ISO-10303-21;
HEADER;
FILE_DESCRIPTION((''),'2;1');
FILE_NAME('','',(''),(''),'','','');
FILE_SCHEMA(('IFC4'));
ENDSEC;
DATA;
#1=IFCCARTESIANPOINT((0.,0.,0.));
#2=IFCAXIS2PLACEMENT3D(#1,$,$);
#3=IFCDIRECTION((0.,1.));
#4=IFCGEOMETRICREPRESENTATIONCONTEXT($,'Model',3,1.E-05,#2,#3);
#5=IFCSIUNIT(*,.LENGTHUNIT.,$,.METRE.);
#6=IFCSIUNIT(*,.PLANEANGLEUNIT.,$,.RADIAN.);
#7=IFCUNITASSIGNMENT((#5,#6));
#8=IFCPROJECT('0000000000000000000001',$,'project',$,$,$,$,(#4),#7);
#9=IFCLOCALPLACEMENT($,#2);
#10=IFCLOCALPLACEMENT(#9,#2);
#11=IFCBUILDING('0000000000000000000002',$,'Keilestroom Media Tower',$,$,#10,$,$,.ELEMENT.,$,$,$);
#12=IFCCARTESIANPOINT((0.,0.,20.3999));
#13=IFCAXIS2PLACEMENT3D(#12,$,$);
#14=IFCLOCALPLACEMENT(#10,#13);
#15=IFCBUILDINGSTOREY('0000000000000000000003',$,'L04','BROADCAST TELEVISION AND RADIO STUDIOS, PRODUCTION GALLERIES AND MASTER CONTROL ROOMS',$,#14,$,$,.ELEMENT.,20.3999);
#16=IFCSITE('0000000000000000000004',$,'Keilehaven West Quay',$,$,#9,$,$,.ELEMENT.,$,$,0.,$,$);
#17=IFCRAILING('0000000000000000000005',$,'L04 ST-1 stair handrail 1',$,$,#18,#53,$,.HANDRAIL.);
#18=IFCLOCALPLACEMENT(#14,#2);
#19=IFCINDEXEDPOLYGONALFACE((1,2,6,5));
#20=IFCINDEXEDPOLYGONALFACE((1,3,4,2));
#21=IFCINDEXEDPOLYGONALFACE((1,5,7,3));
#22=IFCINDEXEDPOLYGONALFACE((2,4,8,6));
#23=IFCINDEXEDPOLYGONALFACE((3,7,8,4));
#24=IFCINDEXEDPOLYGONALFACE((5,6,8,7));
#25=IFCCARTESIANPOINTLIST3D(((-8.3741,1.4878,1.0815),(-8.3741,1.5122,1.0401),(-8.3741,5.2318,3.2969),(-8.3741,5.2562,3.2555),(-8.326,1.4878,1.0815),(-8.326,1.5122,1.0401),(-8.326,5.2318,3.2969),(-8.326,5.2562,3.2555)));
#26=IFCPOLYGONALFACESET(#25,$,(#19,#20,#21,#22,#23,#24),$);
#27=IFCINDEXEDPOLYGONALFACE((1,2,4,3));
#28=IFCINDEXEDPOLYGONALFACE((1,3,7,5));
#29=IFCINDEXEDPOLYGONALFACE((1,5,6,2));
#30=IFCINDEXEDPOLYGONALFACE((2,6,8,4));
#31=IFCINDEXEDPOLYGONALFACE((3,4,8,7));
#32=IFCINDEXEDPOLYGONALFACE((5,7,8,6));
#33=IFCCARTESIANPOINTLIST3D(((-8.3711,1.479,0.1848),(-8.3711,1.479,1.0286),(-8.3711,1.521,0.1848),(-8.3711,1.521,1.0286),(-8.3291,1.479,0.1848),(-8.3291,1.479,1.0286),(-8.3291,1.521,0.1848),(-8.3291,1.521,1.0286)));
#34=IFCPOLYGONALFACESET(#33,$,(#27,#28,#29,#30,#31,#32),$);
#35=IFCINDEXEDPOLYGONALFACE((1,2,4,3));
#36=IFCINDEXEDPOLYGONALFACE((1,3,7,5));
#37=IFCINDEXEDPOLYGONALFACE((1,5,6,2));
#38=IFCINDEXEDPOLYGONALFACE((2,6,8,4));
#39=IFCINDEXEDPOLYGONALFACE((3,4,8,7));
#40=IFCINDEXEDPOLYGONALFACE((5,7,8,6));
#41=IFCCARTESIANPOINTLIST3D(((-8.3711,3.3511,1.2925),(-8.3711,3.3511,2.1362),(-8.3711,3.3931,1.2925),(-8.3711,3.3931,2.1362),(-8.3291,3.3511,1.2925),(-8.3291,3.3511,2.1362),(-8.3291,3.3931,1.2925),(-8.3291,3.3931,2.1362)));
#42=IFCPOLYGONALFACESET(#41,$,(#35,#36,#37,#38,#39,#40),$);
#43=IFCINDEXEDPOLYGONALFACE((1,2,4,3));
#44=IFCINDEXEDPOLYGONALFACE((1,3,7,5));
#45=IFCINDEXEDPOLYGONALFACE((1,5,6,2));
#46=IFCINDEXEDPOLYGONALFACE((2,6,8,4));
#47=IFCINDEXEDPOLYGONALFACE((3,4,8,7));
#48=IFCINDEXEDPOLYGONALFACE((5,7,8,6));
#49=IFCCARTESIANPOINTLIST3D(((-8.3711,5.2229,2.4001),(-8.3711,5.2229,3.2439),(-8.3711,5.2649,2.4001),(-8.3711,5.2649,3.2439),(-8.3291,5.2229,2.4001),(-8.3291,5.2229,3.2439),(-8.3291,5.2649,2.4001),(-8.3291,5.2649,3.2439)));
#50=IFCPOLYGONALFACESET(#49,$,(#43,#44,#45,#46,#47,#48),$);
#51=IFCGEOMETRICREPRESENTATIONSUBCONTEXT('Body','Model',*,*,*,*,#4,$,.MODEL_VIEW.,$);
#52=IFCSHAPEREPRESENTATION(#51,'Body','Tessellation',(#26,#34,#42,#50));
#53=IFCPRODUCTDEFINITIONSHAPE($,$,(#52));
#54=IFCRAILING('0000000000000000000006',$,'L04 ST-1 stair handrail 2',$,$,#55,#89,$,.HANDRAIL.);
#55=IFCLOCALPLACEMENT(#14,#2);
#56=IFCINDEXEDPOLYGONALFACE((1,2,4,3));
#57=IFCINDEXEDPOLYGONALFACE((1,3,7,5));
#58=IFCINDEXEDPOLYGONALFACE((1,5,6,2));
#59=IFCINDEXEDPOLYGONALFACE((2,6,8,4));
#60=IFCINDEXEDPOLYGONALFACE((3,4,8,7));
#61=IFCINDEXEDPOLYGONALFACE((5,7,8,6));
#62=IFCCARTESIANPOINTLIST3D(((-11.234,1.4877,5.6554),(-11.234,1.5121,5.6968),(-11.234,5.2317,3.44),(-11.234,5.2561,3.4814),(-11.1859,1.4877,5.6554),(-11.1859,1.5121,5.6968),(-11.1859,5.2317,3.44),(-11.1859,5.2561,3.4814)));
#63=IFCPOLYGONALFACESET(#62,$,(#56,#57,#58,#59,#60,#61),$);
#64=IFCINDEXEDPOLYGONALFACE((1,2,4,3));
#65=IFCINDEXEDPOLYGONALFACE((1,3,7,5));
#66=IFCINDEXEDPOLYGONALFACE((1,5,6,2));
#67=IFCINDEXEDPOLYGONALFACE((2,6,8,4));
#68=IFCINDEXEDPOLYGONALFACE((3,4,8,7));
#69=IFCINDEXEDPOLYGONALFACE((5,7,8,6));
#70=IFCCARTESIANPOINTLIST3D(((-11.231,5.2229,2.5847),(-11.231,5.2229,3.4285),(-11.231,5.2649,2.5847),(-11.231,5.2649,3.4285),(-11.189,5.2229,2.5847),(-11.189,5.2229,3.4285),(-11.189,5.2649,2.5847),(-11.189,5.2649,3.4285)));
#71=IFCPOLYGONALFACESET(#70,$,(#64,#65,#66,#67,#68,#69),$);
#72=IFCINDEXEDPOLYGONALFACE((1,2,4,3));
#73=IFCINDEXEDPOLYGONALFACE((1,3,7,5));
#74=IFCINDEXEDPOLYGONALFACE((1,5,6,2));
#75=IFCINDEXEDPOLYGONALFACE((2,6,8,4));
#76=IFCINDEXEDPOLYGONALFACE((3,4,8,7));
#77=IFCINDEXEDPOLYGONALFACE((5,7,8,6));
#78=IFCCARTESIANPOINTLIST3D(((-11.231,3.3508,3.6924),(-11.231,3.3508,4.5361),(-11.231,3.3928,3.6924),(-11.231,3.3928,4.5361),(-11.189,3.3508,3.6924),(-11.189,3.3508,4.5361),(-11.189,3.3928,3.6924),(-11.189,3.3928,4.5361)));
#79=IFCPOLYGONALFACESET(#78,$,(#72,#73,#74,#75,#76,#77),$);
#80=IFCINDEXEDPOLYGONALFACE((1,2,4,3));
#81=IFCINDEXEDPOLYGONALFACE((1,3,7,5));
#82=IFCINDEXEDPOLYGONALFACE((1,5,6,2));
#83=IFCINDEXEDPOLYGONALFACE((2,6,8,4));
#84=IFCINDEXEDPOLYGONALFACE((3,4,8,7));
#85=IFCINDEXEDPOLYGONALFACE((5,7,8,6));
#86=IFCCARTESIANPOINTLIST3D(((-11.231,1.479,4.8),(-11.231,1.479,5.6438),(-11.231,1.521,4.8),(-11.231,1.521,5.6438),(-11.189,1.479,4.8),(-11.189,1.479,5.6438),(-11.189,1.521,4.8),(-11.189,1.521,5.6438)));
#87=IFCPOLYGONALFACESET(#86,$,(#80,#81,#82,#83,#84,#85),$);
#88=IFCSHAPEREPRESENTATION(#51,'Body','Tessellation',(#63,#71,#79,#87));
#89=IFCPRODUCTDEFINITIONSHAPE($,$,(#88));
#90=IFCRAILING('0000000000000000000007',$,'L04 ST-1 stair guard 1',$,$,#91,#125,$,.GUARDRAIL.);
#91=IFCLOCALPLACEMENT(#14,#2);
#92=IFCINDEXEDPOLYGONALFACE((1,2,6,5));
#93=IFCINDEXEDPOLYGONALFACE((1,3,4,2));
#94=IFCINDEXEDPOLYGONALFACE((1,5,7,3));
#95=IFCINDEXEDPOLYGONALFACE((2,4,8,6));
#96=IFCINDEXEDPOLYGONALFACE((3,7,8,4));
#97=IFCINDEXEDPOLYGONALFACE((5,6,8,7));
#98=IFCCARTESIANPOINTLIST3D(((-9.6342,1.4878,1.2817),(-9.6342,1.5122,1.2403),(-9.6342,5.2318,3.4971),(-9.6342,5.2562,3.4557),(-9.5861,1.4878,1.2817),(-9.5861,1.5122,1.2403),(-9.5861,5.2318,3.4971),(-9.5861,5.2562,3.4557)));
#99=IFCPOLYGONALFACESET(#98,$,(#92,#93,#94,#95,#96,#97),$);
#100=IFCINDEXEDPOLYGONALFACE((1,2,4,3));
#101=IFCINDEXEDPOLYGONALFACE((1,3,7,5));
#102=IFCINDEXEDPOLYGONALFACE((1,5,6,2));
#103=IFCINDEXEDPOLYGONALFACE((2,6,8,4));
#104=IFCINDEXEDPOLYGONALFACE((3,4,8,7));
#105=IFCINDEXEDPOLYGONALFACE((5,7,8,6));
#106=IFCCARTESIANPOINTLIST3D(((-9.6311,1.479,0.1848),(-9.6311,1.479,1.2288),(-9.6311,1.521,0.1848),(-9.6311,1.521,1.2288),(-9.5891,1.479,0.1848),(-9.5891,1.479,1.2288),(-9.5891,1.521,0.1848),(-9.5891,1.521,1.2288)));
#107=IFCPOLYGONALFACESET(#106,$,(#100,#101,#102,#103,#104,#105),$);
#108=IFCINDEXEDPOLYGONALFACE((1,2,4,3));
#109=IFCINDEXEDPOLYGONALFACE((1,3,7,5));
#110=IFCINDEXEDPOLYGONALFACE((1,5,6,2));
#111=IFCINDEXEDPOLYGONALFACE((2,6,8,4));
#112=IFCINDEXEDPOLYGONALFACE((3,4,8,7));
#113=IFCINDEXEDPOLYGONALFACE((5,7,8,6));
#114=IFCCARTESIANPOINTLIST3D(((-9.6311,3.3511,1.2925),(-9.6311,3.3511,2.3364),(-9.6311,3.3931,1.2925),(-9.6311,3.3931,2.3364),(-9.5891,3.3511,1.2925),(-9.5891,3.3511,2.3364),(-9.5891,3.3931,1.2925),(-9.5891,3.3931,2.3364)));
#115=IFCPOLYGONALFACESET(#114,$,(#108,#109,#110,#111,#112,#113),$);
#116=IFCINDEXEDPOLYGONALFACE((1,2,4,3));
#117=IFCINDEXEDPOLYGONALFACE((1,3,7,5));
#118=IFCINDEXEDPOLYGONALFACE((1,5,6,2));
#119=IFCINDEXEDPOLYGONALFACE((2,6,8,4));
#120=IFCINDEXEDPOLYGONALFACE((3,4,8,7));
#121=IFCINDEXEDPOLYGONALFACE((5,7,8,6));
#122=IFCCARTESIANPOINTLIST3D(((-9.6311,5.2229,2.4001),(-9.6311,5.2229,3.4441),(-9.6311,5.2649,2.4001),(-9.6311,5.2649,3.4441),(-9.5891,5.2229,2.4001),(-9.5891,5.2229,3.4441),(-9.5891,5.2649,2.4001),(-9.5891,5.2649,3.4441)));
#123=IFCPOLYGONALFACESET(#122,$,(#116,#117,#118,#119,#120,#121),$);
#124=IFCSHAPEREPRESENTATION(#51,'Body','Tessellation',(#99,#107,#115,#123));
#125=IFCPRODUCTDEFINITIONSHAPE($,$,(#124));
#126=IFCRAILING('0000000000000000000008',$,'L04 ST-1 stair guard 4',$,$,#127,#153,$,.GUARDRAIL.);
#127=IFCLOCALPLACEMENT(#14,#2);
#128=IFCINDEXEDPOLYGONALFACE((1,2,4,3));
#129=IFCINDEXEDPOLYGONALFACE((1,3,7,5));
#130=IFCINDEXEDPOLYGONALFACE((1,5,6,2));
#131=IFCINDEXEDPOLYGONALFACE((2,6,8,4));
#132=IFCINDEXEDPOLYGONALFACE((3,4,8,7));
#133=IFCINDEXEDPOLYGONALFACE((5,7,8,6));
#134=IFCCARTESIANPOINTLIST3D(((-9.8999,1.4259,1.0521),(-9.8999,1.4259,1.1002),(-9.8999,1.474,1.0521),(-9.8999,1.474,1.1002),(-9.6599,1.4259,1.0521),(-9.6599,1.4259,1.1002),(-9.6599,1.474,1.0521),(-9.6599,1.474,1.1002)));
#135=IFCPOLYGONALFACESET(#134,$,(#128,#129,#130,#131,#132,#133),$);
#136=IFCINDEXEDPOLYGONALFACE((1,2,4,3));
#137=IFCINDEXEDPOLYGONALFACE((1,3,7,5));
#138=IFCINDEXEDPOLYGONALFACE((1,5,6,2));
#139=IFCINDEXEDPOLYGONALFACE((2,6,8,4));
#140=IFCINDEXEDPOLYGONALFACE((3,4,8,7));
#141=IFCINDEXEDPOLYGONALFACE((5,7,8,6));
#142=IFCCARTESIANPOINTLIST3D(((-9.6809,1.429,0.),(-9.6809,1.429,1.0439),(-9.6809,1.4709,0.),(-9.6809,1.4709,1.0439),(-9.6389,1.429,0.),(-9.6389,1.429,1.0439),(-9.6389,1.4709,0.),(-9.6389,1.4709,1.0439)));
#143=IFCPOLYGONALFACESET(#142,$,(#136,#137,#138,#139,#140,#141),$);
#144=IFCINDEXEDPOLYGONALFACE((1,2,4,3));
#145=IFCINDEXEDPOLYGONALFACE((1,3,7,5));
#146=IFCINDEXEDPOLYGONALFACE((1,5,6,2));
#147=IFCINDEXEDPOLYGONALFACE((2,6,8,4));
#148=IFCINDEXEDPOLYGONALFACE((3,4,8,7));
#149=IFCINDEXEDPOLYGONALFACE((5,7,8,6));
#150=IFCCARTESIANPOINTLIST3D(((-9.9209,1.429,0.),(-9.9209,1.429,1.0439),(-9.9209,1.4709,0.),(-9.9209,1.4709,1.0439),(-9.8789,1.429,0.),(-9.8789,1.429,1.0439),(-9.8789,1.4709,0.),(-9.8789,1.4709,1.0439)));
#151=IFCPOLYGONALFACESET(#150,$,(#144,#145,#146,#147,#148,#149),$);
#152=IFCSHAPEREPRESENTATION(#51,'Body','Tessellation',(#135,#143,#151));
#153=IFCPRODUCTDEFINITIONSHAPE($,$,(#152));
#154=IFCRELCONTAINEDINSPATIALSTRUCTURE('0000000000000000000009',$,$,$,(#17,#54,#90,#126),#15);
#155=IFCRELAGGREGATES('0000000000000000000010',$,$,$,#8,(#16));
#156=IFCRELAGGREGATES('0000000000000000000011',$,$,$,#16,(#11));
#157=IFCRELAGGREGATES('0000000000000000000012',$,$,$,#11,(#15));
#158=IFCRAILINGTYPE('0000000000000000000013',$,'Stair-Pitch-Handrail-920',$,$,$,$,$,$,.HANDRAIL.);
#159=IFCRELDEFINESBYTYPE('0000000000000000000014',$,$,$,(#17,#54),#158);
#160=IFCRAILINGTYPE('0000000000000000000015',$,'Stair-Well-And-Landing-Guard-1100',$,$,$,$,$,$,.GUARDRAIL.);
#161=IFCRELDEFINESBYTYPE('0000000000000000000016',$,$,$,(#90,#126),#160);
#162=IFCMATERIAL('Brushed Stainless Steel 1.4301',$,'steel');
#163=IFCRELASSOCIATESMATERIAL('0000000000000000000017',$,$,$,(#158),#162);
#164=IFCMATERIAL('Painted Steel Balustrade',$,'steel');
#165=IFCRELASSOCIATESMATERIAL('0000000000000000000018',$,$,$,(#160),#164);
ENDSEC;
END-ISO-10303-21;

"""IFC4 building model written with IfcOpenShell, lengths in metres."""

from ifc_helpers import new_model, si_unit, direction, frame, origin, origin_2d, place, context, subcontext, project, spatial, rectangle, extrude, material, type_object, element, save


model = new_model("IFC4")

# Units and contexts
model_context = context("Model", 3, precision=1e-05, world=origin(), true_north=direction((0.0, 1.0)))
body_context = subcontext(model_context, "Body", "Model", "MODEL_VIEW")
ifc_project = project(units=[si_unit("LENGTHUNIT", "METRE"), si_unit("PLANEANGLEUNIT", "RADIAN")], contexts=[model_context])

# Site, building, storey
site_placement = place(None, origin())
site = spatial("IfcSite", under=ifc_project, at=site_placement, Name="Keilehaven West Quay", CompositionType="ELEMENT", RefElevation=0.0)
building_placement = place(site_placement, origin())
building = spatial("IfcBuilding", under=site, at=building_placement, Name="Keilestroom Media Tower", CompositionType="ELEMENT")
storey_placement = place(building_placement, frame((0.0, 0.0, 20.3999)))
storey = spatial("IfcBuildingStorey", under=building, at=storey_placement, Name="L04", Description="BROADCAST TELEVISION AND RADIO STUDIOS, PRODUCTION GALLERIES AND MASTER CONTROL ROOMS", CompositionType="ELEMENT", Elevation=20.3999)

# Railings
ifc_material_1 = material(Name="Brushed Stainless Steel 1.4301", Category="steel")
railing_type_1 = type_object("IfcRailingType", Name="Stair-Pitch-Handrail-920", PredefinedType="HANDRAIL", material=ifc_material_1)
railing_1_placement = place(storey_placement, frame((-8.3501, 1.5, 0.1848)))
element("IfcRailing", 1, at=railing_1_placement, inside=storey, type_object=railing_type_1, Name="L04 ST-1 stair handrail 1", PredefinedType="HANDRAIL", context=body_context, shape_type="SweptSolid", body=[
    extrude(rectangle(XDim=0.0481, YDim=0.0481, at=origin_2d()), frame((0.0, 0.0, 0.876), z_axis=(0.0, 0.860621, 0.509245), x_axis=(-1.0, 0.0, 0.0)), (0.0, 0.0, 1.0), 4.3503),
    extrude(rectangle(XDim=0.042, YDim=0.042, at=origin_2d()), origin(), (0.0, 0.0, 1.0), 0.8438),
    extrude(rectangle(XDim=0.042, YDim=0.042, at=origin_2d()), frame((0.0, 1.8721, 1.1077)), (0.0, 0.0, 1.0), 0.8438),
    extrude(rectangle(XDim=0.042, YDim=0.042, at=origin_2d()), frame((0.0, 3.7439, 2.2153)), (0.0, 0.0, 1.0), 0.8438),
])
railing_2_placement = place(storey_placement, frame((-11.21, 5.2439, 2.5847)))
element("IfcRailing", 2, at=railing_2_placement, inside=storey, type_object=railing_type_1, Name="L04 ST-1 stair handrail 2", PredefinedType="HANDRAIL", context=body_context, shape_type="SweptSolid", body=[
    extrude(rectangle(XDim=0.0481, YDim=0.0481, at=origin_2d()), frame((0.0, 0.0, 0.876), z_axis=(0.0, -0.860621, 0.509245), x_axis=(1.0, 0.0, 0.0)), (0.0, 0.0, 1.0), 4.3503),
    extrude(rectangle(XDim=0.042, YDim=0.042, at=origin_2d()), origin(), (0.0, 0.0, 1.0), 0.8438),
    extrude(rectangle(XDim=0.042, YDim=0.042, at=origin_2d()), frame((0.0, -1.8721, 1.1077)), (0.0, 0.0, 1.0), 0.8438),
    extrude(rectangle(XDim=0.042, YDim=0.042, at=origin_2d()), frame((0.0, -3.7439, 2.2153)), (0.0, 0.0, 1.0), 0.8438),
])
ifc_material_2 = material(Name="Painted Steel Balustrade", Category="steel")
railing_type_2 = type_object("IfcRailingType", Name="Stair-Well-And-Landing-Guard-1100", PredefinedType="GUARDRAIL", material=ifc_material_2)
railing_3_placement = place(storey_placement, frame((-9.6101, 1.5, 0.1848)))
element("IfcRailing", 3, at=railing_3_placement, inside=storey, type_object=railing_type_2, Name="L04 ST-1 stair guard 1", PredefinedType="GUARDRAIL", context=body_context, shape_type="SweptSolid", body=[
    extrude(rectangle(XDim=0.0481, YDim=0.0481, at=origin_2d()), frame((0.0, 0.0, 1.0762), z_axis=(0.0, 0.860621, 0.509245), x_axis=(-1.0, 0.0, 0.0)), (0.0, 0.0, 1.0), 4.3503),
    extrude(rectangle(XDim=0.042, YDim=0.042, at=origin_2d()), origin(), (0.0, 0.0, 1.0), 1.0439),
    extrude(rectangle(XDim=0.042, YDim=0.042, at=origin_2d()), frame((0.0, 1.8721, 1.1077)), (0.0, 0.0, 1.0), 1.0439),
    extrude(rectangle(XDim=0.042, YDim=0.042, at=origin_2d()), frame((0.0, 3.7439, 2.2153)), (0.0, 0.0, 1.0), 1.0439),
])
railing_4_placement = place(storey_placement, frame((-9.6599, 1.45, 0.0)))
element("IfcRailing", 4, at=railing_4_placement, inside=storey, type_object=railing_type_2, Name="L04 ST-1 stair guard 4", PredefinedType="GUARDRAIL", context=body_context, shape_type="SweptSolid", body=[
    extrude(rectangle(XDim=0.0481, YDim=0.0481, at=origin_2d()), frame((0.0, 0.0, 1.0762), z_axis=(-1.0, 0.0, 0.0), x_axis=(0.0, -1.0, 0.0)), (0.0, 0.0, 1.0), 0.24),
    extrude(rectangle(XDim=0.042, YDim=0.042, at=origin_2d()), origin(), (0.0, 0.0, 1.0), 1.0439),
    extrude(rectangle(XDim=0.042, YDim=0.042, at=origin_2d()), frame((-0.24, 0.0, 0.0)), (0.0, 0.0, 1.0), 1.0439),
])

save(model, "model.ifc")
